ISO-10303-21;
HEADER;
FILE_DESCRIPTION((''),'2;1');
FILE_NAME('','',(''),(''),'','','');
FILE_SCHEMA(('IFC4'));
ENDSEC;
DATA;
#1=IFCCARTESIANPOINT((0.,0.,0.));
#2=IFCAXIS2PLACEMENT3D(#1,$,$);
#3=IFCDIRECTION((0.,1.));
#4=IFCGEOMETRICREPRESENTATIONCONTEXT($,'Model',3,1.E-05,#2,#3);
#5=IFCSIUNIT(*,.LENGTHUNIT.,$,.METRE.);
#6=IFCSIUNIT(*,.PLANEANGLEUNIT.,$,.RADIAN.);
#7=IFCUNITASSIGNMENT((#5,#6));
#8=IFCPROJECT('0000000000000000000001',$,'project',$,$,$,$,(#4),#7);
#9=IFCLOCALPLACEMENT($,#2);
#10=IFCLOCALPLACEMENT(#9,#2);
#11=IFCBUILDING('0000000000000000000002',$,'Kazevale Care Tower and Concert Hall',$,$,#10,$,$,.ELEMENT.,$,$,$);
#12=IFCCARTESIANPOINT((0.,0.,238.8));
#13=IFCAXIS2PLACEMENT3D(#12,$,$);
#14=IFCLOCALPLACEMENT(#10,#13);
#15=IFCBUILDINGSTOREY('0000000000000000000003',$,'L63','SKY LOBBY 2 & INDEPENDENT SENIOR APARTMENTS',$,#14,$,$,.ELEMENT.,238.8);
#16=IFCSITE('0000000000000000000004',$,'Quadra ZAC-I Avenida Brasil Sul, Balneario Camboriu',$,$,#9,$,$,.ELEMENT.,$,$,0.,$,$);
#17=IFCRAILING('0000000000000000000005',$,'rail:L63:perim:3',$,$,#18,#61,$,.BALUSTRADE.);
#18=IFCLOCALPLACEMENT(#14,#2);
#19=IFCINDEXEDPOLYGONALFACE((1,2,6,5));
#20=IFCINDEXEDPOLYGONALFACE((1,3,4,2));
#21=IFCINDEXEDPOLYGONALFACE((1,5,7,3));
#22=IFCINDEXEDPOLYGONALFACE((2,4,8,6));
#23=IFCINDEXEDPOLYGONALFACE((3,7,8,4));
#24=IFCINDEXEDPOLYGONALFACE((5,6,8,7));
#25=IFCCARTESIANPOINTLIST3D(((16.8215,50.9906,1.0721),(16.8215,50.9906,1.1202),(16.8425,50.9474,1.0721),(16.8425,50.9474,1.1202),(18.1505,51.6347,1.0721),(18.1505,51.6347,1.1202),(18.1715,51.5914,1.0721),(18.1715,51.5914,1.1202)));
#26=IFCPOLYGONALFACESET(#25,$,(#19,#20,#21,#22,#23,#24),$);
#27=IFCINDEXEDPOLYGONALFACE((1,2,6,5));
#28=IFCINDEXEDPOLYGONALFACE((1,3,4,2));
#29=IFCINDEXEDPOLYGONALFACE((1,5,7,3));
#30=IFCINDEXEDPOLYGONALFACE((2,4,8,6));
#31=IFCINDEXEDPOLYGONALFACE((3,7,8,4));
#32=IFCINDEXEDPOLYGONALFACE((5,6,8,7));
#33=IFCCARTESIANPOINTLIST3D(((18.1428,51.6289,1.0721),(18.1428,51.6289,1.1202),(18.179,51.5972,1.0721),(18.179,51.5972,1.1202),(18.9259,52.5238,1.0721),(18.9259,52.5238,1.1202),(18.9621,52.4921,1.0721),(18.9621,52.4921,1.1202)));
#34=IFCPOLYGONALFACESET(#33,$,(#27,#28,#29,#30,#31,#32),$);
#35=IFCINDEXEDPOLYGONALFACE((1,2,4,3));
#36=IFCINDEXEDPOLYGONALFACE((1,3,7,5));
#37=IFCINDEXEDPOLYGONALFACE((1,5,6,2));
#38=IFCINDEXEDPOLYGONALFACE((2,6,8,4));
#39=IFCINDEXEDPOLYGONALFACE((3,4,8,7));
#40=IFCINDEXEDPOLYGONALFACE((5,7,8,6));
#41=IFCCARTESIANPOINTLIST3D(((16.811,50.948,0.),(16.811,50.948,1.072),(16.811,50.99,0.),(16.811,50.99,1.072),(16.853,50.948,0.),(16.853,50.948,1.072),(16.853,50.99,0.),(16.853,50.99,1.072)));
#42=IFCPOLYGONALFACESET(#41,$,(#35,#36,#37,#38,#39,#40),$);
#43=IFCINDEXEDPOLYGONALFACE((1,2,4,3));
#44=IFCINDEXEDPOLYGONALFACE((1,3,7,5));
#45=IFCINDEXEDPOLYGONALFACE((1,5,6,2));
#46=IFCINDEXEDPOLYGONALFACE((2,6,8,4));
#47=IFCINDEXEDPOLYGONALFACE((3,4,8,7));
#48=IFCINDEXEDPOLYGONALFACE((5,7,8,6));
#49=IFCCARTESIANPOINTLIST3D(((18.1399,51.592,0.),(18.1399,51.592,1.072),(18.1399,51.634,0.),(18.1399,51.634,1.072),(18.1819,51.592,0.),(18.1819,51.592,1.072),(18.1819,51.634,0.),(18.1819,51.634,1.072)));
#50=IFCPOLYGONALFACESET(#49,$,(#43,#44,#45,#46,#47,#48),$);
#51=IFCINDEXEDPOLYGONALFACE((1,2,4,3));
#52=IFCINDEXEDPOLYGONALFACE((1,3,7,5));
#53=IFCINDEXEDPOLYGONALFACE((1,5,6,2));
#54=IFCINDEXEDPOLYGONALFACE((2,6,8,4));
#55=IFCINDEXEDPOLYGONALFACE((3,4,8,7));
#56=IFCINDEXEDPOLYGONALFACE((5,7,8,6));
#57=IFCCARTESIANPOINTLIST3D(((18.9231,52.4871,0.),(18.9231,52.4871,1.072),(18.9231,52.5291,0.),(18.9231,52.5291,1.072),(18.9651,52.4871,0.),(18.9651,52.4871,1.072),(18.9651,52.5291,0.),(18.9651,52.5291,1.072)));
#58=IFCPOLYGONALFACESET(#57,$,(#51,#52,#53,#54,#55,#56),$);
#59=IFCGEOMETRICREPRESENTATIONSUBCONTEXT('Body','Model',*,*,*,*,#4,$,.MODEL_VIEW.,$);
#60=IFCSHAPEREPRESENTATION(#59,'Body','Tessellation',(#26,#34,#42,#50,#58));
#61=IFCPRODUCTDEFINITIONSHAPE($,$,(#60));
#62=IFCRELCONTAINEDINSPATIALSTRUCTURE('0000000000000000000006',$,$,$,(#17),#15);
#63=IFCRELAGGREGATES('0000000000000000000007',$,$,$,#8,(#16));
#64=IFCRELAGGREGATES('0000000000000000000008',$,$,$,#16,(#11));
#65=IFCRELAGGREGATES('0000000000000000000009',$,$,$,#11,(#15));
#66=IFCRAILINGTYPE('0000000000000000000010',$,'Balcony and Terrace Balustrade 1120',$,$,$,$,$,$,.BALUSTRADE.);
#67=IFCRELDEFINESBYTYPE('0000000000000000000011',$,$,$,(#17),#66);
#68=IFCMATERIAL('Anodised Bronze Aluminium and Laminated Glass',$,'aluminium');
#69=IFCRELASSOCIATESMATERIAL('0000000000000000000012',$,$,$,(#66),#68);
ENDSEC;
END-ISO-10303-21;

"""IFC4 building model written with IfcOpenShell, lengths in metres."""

from ifc_helpers import new_model, si_unit, direction, frame, origin, origin_2d, place, context, subcontext, project, spatial, rectangle, extrude, material, type_object, element, save


model = new_model("IFC4")

# Units and contexts
model_context = context("Model", 3, precision=1e-05, world=origin(), true_north=direction((0.0, 1.0)))
body_context = subcontext(model_context, "Body", "Model", "MODEL_VIEW")
ifc_project = project(units=[si_unit("LENGTHUNIT", "METRE"), si_unit("PLANEANGLEUNIT", "RADIAN")], contexts=[model_context])

# Site, building, storey
site_placement = place(None, origin())
site = spatial("IfcSite", under=ifc_project, at=site_placement, Name="Quadra ZAC-I Avenida Brasil Sul, Balneario Camboriu", CompositionType="ELEMENT", RefElevation=0.0)
building_placement = place(site_placement, origin())
building = spatial("IfcBuilding", under=site, at=building_placement, Name="Kazevale Care Tower and Concert Hall", CompositionType="ELEMENT")
storey_placement = place(building_placement, frame((0.0, 0.0, 238.8)))
storey = spatial("IfcBuildingStorey", under=building, at=storey_placement, Name="L63", Description="SKY LOBBY 2 & INDEPENDENT SENIOR APARTMENTS", CompositionType="ELEMENT", Elevation=238.8)

# Railing
ifc_material_1 = material(Name="Anodised Bronze Aluminium and Laminated Glass", Category="aluminium")
railing_type = type_object("IfcRailingType", Name="Balcony and Terrace Balustrade 1120", PredefinedType="BALUSTRADE", material=ifc_material_1)
railing_1_placement = place(storey_placement, frame((16.832, 50.969, 0.0)))
element("IfcRailing", 1, at=railing_1_placement, inside=storey, type_object=railing_type, Name="rail:L63:perim:3", PredefinedType="BALUSTRADE", context=body_context, shape_type="SweptSolid", body=[
    extrude(rectangle(XDim=0.0481, YDim=0.0481, at=origin_2d()), frame((0.0, 0.0, 1.0962), z_axis=(0.899881, 0.436136, 0.0), x_axis=(-0.436136, 0.899881, 0.0)), (0.0, 0.0, 1.0), 1.4768),
    extrude(rectangle(XDim=0.0481, YDim=0.0481, at=origin_2d()), frame((1.3289, 0.644, 1.0962), z_axis=(0.658534, 0.752551, 0.0), x_axis=(-0.752551, 0.658534, 0.0)), (0.0, 0.0, 1.0), 1.1892),
    extrude(rectangle(XDim=0.042, YDim=0.042, at=origin_2d()), origin(), (0.0, 0.0, 1.0), 1.072),
    extrude(rectangle(XDim=0.042, YDim=0.042, at=origin_2d()), frame((1.3289, 0.644, 0.0)), (0.0, 0.0, 1.0), 1.072),
    extrude(rectangle(XDim=0.042, YDim=0.042, at=origin_2d()), frame((2.1121, 1.5391, 0.0)), (0.0, 0.0, 1.0), 1.072),
])

save(model, "model.ifc")
